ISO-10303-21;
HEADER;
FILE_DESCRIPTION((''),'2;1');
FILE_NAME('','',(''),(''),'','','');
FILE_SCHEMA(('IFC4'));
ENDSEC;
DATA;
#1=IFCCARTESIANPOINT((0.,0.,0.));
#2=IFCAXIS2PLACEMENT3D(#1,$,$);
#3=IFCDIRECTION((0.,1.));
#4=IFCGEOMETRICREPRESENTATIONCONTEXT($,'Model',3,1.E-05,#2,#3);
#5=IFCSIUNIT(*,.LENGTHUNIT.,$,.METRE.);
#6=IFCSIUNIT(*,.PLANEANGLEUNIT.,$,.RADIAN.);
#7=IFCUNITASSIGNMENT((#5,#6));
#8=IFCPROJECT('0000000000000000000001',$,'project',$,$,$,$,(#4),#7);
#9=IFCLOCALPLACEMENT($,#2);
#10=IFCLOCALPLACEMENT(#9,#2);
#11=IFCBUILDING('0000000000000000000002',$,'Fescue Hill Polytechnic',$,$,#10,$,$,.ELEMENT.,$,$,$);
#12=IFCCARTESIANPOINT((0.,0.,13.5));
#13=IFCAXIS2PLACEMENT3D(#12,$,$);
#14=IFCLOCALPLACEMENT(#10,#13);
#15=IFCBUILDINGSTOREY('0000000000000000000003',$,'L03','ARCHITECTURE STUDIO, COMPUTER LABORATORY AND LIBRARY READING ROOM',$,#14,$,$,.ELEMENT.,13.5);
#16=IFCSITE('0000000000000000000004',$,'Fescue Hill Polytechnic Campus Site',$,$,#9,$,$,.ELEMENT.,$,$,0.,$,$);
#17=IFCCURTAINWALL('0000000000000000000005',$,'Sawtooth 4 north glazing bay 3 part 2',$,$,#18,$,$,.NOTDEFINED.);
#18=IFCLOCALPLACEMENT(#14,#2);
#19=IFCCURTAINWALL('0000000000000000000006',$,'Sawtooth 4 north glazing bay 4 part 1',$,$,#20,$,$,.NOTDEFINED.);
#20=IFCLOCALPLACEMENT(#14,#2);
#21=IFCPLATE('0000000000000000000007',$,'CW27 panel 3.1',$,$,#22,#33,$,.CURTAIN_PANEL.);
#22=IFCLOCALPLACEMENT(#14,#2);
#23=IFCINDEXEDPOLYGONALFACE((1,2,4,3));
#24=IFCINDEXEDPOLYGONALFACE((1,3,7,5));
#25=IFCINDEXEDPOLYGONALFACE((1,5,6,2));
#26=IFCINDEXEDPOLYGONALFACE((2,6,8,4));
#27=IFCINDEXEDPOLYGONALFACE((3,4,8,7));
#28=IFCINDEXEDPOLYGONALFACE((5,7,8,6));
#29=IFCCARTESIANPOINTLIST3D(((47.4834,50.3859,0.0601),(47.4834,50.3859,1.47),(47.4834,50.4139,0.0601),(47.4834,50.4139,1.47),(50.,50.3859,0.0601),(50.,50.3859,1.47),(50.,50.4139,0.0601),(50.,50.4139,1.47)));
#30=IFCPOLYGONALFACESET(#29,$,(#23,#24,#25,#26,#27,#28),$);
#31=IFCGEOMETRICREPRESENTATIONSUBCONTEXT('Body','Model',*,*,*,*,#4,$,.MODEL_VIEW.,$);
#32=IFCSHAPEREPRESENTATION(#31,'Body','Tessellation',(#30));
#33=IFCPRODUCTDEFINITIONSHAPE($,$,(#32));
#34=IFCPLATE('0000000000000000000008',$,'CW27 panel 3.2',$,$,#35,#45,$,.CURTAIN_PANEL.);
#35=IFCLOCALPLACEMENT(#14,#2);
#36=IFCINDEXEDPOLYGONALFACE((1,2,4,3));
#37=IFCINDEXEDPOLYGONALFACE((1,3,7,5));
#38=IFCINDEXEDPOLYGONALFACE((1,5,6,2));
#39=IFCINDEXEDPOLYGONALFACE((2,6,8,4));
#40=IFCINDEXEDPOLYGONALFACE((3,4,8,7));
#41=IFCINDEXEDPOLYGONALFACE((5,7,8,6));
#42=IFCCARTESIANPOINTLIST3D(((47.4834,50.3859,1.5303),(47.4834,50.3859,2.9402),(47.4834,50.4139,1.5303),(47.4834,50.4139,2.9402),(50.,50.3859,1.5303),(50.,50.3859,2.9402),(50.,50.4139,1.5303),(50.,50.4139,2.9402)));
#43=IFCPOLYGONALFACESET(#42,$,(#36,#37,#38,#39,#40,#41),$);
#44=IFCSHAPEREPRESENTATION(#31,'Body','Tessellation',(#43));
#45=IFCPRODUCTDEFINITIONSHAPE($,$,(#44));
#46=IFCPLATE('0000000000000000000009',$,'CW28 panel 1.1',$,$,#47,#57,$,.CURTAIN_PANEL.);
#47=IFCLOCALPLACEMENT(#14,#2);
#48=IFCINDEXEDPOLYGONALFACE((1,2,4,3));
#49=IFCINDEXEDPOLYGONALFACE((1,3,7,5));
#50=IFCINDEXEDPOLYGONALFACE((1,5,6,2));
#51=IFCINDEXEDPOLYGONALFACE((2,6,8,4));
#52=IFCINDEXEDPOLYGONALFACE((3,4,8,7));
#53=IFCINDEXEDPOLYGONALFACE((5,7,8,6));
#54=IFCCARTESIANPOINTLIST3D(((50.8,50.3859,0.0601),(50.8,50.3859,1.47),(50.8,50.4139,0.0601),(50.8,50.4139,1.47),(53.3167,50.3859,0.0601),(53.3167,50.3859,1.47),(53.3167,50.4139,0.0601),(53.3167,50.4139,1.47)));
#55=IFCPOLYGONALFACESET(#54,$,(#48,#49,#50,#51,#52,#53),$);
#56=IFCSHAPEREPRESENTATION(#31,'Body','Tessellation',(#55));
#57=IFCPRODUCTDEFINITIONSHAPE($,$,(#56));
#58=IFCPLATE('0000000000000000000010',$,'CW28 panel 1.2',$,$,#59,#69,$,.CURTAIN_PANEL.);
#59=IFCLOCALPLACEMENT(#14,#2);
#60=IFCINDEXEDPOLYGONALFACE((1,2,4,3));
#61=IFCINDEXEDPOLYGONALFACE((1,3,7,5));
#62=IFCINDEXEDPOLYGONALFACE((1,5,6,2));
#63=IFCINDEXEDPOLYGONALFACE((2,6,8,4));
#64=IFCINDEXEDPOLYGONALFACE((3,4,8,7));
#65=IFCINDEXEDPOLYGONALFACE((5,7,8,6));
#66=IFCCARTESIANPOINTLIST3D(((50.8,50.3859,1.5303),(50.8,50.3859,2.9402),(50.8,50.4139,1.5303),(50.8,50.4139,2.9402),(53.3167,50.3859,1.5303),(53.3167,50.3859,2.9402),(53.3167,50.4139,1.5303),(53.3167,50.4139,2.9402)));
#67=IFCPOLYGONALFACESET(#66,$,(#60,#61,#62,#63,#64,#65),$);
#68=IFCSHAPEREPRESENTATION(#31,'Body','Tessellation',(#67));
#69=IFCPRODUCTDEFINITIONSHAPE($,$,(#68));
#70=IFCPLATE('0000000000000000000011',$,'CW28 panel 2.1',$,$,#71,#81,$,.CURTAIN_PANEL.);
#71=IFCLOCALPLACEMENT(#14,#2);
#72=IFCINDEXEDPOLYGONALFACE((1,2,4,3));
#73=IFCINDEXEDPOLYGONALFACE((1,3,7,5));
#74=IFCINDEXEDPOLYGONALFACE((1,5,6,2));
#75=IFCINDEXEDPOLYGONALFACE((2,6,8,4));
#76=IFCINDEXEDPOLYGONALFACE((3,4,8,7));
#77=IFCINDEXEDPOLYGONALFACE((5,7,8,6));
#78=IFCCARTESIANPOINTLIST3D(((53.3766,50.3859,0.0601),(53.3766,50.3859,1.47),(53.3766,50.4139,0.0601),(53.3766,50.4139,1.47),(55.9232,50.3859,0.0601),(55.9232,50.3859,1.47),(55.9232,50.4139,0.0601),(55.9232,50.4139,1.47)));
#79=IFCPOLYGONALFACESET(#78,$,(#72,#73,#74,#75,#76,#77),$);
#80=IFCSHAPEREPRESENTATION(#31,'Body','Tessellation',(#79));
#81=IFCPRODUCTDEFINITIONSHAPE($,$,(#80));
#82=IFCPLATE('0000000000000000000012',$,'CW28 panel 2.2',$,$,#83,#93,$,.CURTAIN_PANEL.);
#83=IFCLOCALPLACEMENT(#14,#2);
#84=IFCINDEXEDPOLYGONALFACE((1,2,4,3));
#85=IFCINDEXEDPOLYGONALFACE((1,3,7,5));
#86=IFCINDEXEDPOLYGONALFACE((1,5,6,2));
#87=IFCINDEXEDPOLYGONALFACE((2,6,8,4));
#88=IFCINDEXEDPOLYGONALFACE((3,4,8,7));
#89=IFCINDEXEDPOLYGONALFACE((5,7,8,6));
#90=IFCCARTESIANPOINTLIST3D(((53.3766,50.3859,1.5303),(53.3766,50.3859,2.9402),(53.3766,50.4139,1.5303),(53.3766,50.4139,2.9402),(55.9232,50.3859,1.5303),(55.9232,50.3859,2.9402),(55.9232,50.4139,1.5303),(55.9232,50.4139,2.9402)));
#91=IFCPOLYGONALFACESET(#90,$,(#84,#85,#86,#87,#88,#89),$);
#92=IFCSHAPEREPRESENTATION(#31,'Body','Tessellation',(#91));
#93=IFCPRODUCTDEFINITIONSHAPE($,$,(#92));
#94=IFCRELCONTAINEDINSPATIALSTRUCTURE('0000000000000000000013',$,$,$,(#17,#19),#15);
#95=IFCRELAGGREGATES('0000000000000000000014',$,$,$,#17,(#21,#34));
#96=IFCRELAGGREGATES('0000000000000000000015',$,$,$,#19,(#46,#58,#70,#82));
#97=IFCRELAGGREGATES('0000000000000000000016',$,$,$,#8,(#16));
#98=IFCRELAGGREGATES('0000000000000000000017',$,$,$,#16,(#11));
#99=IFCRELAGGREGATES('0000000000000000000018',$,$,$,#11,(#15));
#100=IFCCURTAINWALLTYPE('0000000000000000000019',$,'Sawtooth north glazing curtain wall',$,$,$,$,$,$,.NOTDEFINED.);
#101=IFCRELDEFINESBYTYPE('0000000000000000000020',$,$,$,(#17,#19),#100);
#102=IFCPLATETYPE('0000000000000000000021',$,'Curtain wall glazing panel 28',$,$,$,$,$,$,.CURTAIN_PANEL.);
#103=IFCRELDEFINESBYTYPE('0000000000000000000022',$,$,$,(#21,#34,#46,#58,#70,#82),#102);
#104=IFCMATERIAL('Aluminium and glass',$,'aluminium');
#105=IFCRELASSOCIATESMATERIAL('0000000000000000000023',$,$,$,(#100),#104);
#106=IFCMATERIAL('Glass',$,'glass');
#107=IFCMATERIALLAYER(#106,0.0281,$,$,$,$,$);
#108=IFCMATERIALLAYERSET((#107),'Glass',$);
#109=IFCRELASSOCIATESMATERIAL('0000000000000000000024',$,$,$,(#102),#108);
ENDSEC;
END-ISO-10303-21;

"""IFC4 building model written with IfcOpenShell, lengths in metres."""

from ifc_helpers import new_model, si_unit, direction, frame, origin, origin_2d, place, context, subcontext, project, spatial, rectangle, extrude, material, layer, layer_set, type_object, element, aggregate, save


model = new_model("IFC4")

# Units and contexts
model_context = context("Model", 3, precision=1e-05, world=origin(), true_north=direction((0.0, 1.0)))
body_context = subcontext(model_context, "Body", "Model", "MODEL_VIEW")
ifc_project = project(units=[si_unit("LENGTHUNIT", "METRE"), si_unit("PLANEANGLEUNIT", "RADIAN")], contexts=[model_context])

# Site, building, storey
site_placement = place(None, origin())
site = spatial("IfcSite", under=ifc_project, at=site_placement, Name="Fescue Hill Polytechnic Campus Site", CompositionType="ELEMENT", RefElevation=0.0)
building_placement = place(site_placement, origin())
building = spatial("IfcBuilding", under=site, at=building_placement, Name="Fescue Hill Polytechnic", CompositionType="ELEMENT")
storey_placement = place(building_placement, frame((0.0, 0.0, 13.5)))
storey = spatial("IfcBuildingStorey", under=building, at=storey_placement, Name="L03", Description="ARCHITECTURE STUDIO, COMPUTER LABORATORY AND LIBRARY READING ROOM", CompositionType="ELEMENT", Elevation=13.5)

# Curtain wall
ifc_material_1 = material(Name="Aluminium and glass", Category="aluminium")
curtain_wall_type = type_object("IfcCurtainWallType", Name="Sawtooth north glazing curtain wall", PredefinedType="NOTDEFINED", material=ifc_material_1)
curtain_wall_1_placement = place(storey_placement, origin())
curtain_wall_1 = element("IfcCurtainWall", 1, at=curtain_wall_1_placement, inside=storey, type_object=curtain_wall_type, Name="Sawtooth 4 north glazing bay 3 part 2", PredefinedType="NOTDEFINED")

# Curtain wall
curtain_wall_2_placement = place(storey_placement, origin())
curtain_wall_2 = element("IfcCurtainWall", 2, at=curtain_wall_2_placement, inside=storey, type_object=curtain_wall_type, Name="Sawtooth 4 north glazing bay 4 part 1", PredefinedType="NOTDEFINED")

# Plates
ifc_material_2 = material(Name="Glass", Category="glass")
ifc_layer = layer(ifc_material_2, 0.0281)
ifc_layer_set = layer_set([ifc_layer], Name="Glass")
plate_type = type_object("IfcPlateType", Name="Curtain wall glazing panel 28", PredefinedType="CURTAIN_PANEL", material=ifc_layer_set)
plate_1_placement = place(storey_placement, frame((48.7417, 50.3999, 0.0601), z_axis=(0.0, 0.0, 1.0), x_axis=(1.0, 0.0, 0.0)))
plate_1 = element("IfcPlate", 3, at=plate_1_placement, type_object=plate_type, Name="CW27 panel 3.1", PredefinedType="CURTAIN_PANEL", context=body_context, shape_type="SweptSolid", body=[
    extrude(rectangle(XDim=2.5166, YDim=0.0281, at=origin_2d()), origin(), (0.0, 0.0, 1.0), 1.4099),
])
plate_2_placement = place(storey_placement, frame((48.7417, 50.3999, 1.5303), z_axis=(0.0, 0.0, 1.0), x_axis=(1.0, 0.0, 0.0)))
plate_2 = element("IfcPlate", 4, at=plate_2_placement, type_object=plate_type, Name="CW27 panel 3.2", PredefinedType="CURTAIN_PANEL", context=body_context, shape_type="SweptSolid", body=[
    extrude(rectangle(XDim=2.5166, YDim=0.0281, at=origin_2d()), origin(), (0.0, 0.0, 1.0), 1.4099),
])
aggregate(curtain_wall_1, [plate_1, plate_2])
plate_3_placement = place(storey_placement, frame((52.0583, 50.3999, 0.0601), z_axis=(0.0, 0.0, 1.0), x_axis=(1.0, 0.0, 0.0)))
plate_3 = element("IfcPlate", 5, at=plate_3_placement, type_object=plate_type, Name="CW28 panel 1.1", PredefinedType="CURTAIN_PANEL", context=body_context, shape_type="SweptSolid", body=[
    extrude(rectangle(XDim=2.5166, YDim=0.0281, at=origin_2d()), origin(), (0.0, 0.0, 1.0), 1.4099),
])
plate_4_placement = place(storey_placement, frame((52.0583, 50.3999, 1.5303), z_axis=(0.0, 0.0, 1.0), x_axis=(1.0, 0.0, 0.0)))
plate_4 = element("IfcPlate", 6, at=plate_4_placement, type_object=plate_type, Name="CW28 panel 1.2", PredefinedType="CURTAIN_PANEL", context=body_context, shape_type="SweptSolid", body=[
    extrude(rectangle(XDim=2.5166, YDim=0.0281, at=origin_2d()), origin(), (0.0, 0.0, 1.0), 1.4099),
])
plate_5_placement = place(storey_placement, frame((54.6499, 50.3999, 0.0601), z_axis=(0.0, 0.0, 1.0), x_axis=(1.0, 0.0, 0.0)))
plate_5 = element("IfcPlate", 7, at=plate_5_placement, type_object=plate_type, Name="CW28 panel 2.1", PredefinedType="CURTAIN_PANEL", context=body_context, shape_type="SweptSolid", body=[
    extrude(rectangle(XDim=2.5466, YDim=0.0281, at=origin_2d()), origin(), (0.0, 0.0, 1.0), 1.4099),
])
plate_6_placement = place(storey_placement, frame((54.6499, 50.3999, 1.5303), z_axis=(0.0, 0.0, 1.0), x_axis=(1.0, 0.0, 0.0)))
plate_6 = element("IfcPlate", 8, at=plate_6_placement, type_object=plate_type, Name="CW28 panel 2.2", PredefinedType="CURTAIN_PANEL", context=body_context, shape_type="SweptSolid", body=[
    extrude(rectangle(XDim=2.5466, YDim=0.0281, at=origin_2d()), origin(), (0.0, 0.0, 1.0), 1.4099),
])
aggregate(curtain_wall_2, [plate_3, plate_4, plate_5, plate_6])

save(model, "model.ifc")
